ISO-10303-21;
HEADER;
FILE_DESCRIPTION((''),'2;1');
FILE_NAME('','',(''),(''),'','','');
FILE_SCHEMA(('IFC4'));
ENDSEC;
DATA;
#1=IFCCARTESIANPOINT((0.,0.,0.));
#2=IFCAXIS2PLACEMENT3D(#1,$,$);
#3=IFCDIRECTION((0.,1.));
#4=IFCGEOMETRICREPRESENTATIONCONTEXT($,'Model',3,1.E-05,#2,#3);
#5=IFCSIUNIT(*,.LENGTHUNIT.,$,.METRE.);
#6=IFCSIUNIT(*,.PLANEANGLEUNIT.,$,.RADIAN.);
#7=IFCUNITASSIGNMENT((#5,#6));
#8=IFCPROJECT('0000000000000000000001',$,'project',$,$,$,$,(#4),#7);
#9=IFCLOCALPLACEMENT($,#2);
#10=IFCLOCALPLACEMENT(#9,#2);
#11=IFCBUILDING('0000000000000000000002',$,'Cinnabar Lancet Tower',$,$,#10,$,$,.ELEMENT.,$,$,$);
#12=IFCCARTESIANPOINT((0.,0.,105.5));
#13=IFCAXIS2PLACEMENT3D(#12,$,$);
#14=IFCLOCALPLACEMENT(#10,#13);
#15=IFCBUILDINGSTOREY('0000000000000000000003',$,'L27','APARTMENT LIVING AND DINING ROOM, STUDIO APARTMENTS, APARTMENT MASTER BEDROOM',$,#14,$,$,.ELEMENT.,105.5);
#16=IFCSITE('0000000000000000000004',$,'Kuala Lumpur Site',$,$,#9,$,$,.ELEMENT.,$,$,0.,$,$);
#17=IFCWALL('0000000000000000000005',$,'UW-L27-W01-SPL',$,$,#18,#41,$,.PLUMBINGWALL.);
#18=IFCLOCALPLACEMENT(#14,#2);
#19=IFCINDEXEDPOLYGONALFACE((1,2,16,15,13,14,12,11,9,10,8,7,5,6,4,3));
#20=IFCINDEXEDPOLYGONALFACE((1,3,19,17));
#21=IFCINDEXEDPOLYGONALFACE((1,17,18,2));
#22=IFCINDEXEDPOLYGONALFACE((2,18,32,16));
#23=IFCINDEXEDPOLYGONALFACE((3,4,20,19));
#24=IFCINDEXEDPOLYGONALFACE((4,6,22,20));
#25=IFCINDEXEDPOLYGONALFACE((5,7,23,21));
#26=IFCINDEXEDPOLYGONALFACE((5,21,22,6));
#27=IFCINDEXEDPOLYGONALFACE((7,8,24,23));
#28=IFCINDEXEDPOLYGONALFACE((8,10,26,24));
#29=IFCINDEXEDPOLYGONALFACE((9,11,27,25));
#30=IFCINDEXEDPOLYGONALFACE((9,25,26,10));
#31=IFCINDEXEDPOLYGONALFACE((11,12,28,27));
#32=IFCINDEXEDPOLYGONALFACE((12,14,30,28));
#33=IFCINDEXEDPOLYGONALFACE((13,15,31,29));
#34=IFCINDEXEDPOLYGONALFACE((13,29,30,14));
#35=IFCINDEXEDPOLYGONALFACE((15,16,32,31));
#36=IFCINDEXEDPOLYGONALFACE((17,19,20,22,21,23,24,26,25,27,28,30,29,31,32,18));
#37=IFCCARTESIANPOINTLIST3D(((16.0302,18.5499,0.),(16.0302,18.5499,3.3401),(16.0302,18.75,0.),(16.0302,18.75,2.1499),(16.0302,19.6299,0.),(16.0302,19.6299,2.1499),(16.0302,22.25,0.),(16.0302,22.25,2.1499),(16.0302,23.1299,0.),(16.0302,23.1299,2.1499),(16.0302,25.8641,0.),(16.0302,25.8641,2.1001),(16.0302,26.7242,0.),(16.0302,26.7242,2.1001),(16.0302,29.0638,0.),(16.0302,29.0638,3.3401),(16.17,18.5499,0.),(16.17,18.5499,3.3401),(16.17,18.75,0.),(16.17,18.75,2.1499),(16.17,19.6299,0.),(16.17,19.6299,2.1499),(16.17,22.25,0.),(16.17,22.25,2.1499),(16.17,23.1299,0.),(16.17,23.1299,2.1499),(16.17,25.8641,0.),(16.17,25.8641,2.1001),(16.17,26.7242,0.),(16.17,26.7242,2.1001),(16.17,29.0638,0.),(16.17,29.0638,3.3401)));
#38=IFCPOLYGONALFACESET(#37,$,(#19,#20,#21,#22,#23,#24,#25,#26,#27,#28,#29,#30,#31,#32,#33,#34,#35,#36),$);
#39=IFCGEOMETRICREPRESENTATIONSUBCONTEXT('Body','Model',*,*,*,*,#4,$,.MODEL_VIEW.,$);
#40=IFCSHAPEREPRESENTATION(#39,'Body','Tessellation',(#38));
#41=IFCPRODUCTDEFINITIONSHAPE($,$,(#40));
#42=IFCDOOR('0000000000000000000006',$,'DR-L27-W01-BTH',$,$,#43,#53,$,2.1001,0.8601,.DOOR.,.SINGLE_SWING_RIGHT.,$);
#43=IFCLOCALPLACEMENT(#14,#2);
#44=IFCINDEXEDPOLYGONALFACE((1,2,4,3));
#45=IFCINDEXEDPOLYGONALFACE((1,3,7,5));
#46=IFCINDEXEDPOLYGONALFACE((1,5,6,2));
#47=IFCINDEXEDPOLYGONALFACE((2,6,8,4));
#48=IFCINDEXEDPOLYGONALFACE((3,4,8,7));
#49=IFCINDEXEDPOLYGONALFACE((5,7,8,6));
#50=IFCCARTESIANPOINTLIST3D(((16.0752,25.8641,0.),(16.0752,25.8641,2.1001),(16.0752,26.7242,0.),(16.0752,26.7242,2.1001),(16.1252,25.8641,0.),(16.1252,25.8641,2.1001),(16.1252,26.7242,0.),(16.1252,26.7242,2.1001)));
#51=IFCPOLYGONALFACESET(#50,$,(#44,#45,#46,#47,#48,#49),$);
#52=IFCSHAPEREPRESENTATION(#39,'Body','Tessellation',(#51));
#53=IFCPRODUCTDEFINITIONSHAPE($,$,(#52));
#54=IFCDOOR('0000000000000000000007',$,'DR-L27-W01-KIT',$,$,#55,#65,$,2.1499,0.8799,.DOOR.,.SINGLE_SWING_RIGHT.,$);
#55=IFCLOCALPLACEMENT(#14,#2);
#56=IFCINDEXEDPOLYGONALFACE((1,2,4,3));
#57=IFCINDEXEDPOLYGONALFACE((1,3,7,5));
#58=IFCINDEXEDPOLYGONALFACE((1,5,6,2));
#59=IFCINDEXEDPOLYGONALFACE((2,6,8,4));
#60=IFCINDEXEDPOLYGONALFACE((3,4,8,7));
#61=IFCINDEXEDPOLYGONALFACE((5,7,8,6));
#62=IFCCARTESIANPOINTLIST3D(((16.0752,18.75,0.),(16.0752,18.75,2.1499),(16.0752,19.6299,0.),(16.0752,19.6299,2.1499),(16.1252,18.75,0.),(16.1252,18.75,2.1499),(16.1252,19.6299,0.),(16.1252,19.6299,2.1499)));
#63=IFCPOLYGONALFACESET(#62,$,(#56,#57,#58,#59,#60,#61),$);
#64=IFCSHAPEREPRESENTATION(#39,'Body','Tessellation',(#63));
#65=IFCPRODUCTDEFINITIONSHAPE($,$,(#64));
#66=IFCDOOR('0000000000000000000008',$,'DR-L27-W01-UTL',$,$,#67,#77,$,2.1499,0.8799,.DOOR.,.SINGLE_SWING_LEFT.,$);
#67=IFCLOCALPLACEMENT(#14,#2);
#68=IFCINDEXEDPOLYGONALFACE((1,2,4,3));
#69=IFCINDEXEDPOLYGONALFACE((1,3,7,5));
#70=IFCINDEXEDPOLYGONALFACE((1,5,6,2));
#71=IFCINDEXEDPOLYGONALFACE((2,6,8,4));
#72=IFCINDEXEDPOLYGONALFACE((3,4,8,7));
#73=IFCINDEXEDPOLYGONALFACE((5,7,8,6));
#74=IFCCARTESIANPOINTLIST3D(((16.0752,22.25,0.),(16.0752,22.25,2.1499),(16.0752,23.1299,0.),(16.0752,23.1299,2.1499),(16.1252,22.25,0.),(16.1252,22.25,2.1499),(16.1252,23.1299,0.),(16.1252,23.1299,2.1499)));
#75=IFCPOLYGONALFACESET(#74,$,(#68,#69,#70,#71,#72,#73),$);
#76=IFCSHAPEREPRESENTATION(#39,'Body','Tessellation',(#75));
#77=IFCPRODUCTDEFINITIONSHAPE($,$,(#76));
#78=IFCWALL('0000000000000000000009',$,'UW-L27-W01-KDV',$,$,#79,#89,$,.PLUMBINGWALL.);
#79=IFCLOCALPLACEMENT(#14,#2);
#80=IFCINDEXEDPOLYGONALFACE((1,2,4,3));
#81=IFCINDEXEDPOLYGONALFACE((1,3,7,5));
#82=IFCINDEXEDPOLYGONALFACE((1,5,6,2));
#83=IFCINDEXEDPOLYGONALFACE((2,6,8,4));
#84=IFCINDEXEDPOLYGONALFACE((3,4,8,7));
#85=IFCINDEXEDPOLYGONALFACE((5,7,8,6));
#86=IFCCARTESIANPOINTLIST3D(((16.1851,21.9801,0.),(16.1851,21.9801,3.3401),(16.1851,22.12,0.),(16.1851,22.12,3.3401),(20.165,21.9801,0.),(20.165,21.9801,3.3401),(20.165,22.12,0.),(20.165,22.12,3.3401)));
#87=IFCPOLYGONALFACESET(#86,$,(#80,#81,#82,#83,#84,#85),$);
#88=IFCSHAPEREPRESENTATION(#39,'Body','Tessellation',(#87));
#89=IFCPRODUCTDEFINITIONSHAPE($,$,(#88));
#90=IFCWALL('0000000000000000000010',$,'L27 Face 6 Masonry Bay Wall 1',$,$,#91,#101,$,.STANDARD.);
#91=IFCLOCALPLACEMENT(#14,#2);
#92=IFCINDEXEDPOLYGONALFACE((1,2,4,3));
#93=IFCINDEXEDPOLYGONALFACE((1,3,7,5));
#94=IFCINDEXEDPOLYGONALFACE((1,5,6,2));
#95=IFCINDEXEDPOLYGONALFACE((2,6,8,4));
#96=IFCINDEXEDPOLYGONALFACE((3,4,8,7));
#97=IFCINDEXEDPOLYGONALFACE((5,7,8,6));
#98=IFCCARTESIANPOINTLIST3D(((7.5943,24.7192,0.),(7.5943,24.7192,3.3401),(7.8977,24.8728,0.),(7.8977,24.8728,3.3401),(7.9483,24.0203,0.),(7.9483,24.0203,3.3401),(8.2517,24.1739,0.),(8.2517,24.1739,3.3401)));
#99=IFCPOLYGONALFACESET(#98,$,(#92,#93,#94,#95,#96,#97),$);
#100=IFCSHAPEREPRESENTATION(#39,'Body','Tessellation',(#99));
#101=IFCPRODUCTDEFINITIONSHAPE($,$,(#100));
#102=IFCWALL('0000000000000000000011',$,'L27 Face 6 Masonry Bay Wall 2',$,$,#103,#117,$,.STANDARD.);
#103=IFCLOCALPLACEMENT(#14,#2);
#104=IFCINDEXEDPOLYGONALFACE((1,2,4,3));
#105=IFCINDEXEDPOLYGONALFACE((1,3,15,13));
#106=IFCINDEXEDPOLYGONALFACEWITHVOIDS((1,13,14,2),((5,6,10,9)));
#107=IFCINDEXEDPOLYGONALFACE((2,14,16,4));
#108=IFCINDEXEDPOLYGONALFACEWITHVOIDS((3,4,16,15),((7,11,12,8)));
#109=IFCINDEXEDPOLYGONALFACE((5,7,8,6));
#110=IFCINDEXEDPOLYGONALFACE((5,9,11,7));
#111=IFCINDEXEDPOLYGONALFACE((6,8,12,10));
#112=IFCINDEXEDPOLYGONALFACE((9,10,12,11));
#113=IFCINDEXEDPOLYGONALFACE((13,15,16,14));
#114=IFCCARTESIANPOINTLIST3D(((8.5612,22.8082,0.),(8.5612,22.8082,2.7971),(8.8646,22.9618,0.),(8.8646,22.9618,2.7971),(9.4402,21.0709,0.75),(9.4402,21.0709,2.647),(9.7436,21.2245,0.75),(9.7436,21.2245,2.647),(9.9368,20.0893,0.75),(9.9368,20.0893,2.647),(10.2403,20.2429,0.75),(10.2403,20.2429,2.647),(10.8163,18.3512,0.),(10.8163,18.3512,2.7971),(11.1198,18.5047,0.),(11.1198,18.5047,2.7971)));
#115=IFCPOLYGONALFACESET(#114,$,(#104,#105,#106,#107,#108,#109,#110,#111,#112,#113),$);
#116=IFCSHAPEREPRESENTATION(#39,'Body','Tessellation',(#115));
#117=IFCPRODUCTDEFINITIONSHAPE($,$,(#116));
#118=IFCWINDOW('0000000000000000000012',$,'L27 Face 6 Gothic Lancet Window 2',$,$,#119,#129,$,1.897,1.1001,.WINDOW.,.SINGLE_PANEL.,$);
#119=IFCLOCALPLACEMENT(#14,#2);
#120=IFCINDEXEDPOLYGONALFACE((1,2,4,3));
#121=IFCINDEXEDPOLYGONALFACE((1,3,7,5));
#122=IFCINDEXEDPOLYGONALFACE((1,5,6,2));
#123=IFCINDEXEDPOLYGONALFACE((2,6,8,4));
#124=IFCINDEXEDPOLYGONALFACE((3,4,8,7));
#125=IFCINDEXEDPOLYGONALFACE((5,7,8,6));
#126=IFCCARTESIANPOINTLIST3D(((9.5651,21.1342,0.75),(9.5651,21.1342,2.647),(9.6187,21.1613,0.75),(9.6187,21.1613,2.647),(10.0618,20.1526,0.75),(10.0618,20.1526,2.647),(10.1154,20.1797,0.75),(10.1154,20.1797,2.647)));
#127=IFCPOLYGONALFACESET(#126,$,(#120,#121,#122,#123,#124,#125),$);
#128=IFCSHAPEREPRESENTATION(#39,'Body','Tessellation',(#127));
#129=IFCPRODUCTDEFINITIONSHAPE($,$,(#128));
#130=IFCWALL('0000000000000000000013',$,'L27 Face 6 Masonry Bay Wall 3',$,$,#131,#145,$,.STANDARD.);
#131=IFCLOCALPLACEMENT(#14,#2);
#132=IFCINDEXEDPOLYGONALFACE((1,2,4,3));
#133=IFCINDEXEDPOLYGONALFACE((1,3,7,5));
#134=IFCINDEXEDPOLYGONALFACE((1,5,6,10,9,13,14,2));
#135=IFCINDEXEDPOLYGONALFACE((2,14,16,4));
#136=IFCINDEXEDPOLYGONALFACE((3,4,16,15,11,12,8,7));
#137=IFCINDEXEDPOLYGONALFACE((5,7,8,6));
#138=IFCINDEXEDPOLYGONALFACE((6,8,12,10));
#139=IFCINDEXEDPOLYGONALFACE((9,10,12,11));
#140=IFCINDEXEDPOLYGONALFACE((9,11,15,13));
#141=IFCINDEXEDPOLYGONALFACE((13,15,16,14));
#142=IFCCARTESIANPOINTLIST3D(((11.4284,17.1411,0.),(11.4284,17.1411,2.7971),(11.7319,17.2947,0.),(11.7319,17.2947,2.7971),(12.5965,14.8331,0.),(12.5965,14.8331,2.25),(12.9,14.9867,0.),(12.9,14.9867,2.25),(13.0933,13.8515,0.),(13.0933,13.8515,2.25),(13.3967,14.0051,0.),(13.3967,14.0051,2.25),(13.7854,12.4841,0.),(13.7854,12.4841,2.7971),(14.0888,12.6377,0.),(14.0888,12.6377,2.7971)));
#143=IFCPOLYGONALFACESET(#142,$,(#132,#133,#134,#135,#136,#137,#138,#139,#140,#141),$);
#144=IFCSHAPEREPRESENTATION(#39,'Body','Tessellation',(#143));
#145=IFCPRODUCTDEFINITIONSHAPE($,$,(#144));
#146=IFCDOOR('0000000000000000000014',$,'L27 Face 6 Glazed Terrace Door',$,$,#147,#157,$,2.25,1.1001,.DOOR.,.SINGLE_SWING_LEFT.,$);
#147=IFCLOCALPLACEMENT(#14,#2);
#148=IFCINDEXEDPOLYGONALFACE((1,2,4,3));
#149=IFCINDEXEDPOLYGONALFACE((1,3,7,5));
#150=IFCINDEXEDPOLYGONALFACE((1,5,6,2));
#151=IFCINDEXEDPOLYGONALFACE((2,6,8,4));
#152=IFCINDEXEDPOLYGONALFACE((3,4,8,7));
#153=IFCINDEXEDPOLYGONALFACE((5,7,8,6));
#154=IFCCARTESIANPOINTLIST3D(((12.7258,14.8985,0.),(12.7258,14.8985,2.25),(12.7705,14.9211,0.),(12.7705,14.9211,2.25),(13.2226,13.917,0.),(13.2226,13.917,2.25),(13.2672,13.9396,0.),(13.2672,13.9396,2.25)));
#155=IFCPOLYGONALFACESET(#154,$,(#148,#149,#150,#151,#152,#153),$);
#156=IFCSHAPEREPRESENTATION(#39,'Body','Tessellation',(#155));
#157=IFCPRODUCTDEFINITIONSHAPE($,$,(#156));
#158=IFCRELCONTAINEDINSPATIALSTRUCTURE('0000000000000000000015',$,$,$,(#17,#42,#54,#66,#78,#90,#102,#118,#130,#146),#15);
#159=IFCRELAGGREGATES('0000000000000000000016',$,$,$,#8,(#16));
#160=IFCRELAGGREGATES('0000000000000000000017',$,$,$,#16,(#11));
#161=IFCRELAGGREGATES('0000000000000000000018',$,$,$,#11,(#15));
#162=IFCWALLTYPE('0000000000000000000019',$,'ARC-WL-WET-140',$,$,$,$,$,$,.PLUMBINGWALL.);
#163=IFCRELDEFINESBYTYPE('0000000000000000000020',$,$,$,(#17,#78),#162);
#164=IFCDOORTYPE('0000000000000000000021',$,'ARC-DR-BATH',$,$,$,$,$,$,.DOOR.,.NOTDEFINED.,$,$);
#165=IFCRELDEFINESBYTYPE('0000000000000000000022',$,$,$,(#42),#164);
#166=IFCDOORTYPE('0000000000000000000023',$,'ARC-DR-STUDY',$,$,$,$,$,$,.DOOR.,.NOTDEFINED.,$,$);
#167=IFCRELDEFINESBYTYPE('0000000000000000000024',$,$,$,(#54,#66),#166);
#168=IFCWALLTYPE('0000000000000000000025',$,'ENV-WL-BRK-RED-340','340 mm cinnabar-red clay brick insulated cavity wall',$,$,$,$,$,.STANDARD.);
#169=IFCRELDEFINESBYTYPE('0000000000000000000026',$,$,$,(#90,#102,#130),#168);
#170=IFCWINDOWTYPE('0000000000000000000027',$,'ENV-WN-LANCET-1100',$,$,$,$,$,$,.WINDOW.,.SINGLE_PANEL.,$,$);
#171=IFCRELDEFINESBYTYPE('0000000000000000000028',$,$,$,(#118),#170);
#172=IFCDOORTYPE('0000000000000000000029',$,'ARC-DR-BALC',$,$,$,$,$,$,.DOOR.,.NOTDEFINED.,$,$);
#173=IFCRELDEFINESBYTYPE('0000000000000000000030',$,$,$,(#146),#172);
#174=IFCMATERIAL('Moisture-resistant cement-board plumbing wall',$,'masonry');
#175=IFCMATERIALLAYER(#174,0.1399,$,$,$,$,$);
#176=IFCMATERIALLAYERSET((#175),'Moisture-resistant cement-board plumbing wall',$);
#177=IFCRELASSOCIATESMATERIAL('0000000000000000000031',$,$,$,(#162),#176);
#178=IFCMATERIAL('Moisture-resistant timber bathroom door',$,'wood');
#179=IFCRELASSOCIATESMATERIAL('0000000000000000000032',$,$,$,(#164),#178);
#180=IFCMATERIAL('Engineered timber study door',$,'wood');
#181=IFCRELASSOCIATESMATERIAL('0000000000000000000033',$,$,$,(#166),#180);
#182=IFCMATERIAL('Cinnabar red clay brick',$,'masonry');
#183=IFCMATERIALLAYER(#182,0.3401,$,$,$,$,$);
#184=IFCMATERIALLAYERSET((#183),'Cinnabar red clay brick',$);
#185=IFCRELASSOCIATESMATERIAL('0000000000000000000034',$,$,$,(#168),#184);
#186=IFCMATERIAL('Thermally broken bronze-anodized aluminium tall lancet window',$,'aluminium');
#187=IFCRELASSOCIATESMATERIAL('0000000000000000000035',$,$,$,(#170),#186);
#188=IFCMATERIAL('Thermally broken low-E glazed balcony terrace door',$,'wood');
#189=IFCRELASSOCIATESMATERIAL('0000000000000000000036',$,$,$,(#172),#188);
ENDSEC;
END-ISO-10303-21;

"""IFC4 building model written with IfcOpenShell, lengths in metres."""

from ifc_helpers import new_model, si_unit, direction, frame, frame_2d, origin, place, context, subcontext, project, spatial, rectangle, extrude, material, layer, layer_set, type_object, element, fill, save


model = new_model("IFC4")

# Units and contexts
model_context = context("Model", 3, precision=1e-05, world=origin(), true_north=direction((0.0, 1.0)))
body_context = subcontext(model_context, "Body", "Model", "MODEL_VIEW")
ifc_project = project(units=[si_unit("LENGTHUNIT", "METRE"), si_unit("PLANEANGLEUNIT", "RADIAN")], contexts=[model_context])

# Site, building, storey
site_placement = place(None, origin())
site = spatial("IfcSite", under=ifc_project, at=site_placement, Name="Kuala Lumpur Site", CompositionType="ELEMENT", RefElevation=0.0)
building_placement = place(site_placement, origin())
building = spatial("IfcBuilding", under=site, at=building_placement, Name="Cinnabar Lancet Tower", CompositionType="ELEMENT")
storey_placement = place(building_placement, frame((0.0, 0.0, 105.5)))
storey = spatial("IfcBuildingStorey", under=building, at=storey_placement, Name="L27", Description="APARTMENT LIVING AND DINING ROOM, STUDIO APARTMENTS, APARTMENT MASTER BEDROOM", CompositionType="ELEMENT", Elevation=105.5)

# Wall, openings, doors
ifc_material_1 = material(Name="Moisture-resistant cement-board plumbing wall", Category="masonry")
ifc_layer_1 = layer(ifc_material_1, 0.1399)
ifc_layer_set_1 = layer_set([ifc_layer_1], Name="Moisture-resistant cement-board plumbing wall")
wall_type_1 = type_object("IfcWallType", Name="ARC-WL-WET-140", PredefinedType="PLUMBINGWALL", material=ifc_layer_set_1)
wall_1_placement = place(storey_placement, frame((16.1001, 18.55, 0.0), z_axis=(0.0, 0.0, 1.0), x_axis=(0.0, 1.0, 0.0)))
wall_1 = element("IfcWall", 1, at=wall_1_placement, inside=storey, type_object=wall_type_1, Name="UW-L27-W01-SPL", PredefinedType="PLUMBINGWALL", context=body_context, shape_type="SweptSolid", body=[
    extrude(rectangle(XDim=10.5139, YDim=0.1399, at=frame_2d((5.2568, 0.0))), origin(), (0.0, 0.0, 1.0), 3.3401),
])
opening_1_placement = place(wall_1_placement, frame((0.2, 0.0, 0.0)))
opening_1 = element("IfcOpeningElement", 2, at=opening_1_placement, cuts=wall_1, PredefinedType="OPENING", context=body_context, shape_type="SweptSolid", body=[
    extrude(rectangle(XDim=0.8799, YDim=2.1499, at=frame_2d((0.4399, 1.075))), frame((0.0, 0.0798, 0.0), z_axis=(0.0, -1.0, 0.0), x_axis=(1.0, 0.0, 0.0)), (0.0, 0.0, 1.0), 0.1599),
])
opening_2_placement = place(wall_1_placement, frame((3.7, 0.0, 0.0)))
opening_2 = element("IfcOpeningElement", 3, at=opening_2_placement, cuts=wall_1, PredefinedType="OPENING", context=body_context, shape_type="SweptSolid", body=[
    extrude(rectangle(XDim=0.8799, YDim=2.1499, at=frame_2d((0.4399, 1.075))), frame((0.0, 0.0798, 0.0), z_axis=(0.0, -1.0, 0.0), x_axis=(1.0, 0.0, 0.0)), (0.0, 0.0, 1.0), 0.1599),
])
opening_3_placement = place(wall_1_placement, frame((7.314, 0.0, 0.0)))
opening_3 = element("IfcOpeningElement", 4, at=opening_3_placement, cuts=wall_1, PredefinedType="OPENING", context=body_context, shape_type="SweptSolid", body=[
    extrude(rectangle(XDim=0.8601, YDim=2.1001, at=frame_2d((0.4302, 1.05))), frame((0.0, 0.0798, 0.0), z_axis=(0.0, -1.0, 0.0), x_axis=(1.0, 0.0, 0.0)), (0.0, 0.0, 1.0), 0.1599),
])
ifc_material_2 = material(Name="Moisture-resistant timber bathroom door", Category="wood")
door_type_1 = type_object("IfcDoorType", Name="ARC-DR-BATH", OperationType="NOTDEFINED", PredefinedType="DOOR", material=ifc_material_2)
door_1_placement = place(opening_3_placement, origin())
door_1 = element("IfcDoor", 5, at=door_1_placement, inside=storey, type_object=door_type_1, Name="DR-L27-W01-BTH", OperationType="SINGLE_SWING_RIGHT", OverallHeight=2.1001, OverallWidth=0.8601, PredefinedType="DOOR", context=body_context, shape_type="SweptSolid", body=[
    extrude(rectangle(XDim=0.8601, YDim=2.1001, at=frame_2d((0.4302, 1.05))), frame((0.0, 0.0249, 0.0), z_axis=(0.0, -1.0, 0.0), x_axis=(1.0, 0.0, 0.0)), (0.0, 0.0, 1.0), 0.05),
])
fill(opening_3, door_1)
ifc_material_3 = material(Name="Engineered timber study door", Category="wood")
door_type_2 = type_object("IfcDoorType", Name="ARC-DR-STUDY", OperationType="NOTDEFINED", PredefinedType="DOOR", material=ifc_material_3)
door_2_placement = place(opening_1_placement, origin())
door_2 = element("IfcDoor", 6, at=door_2_placement, inside=storey, type_object=door_type_2, Name="DR-L27-W01-KIT", OperationType="SINGLE_SWING_RIGHT", OverallHeight=2.1499, OverallWidth=0.8799, PredefinedType="DOOR", context=body_context, shape_type="SweptSolid", body=[
    extrude(rectangle(XDim=0.8799, YDim=2.1499, at=frame_2d((0.4399, 1.075))), frame((0.0, 0.0249, 0.0), z_axis=(0.0, -1.0, 0.0), x_axis=(1.0, 0.0, 0.0)), (0.0, 0.0, 1.0), 0.05),
])
fill(opening_1, door_2)
door_3_placement = place(opening_2_placement, origin())
door_3 = element("IfcDoor", 7, at=door_3_placement, inside=storey, type_object=door_type_2, Name="DR-L27-W01-UTL", OperationType="SINGLE_SWING_LEFT", OverallHeight=2.1499, OverallWidth=0.8799, PredefinedType="DOOR", context=body_context, shape_type="SweptSolid", body=[
    extrude(rectangle(XDim=0.8799, YDim=2.1499, at=frame_2d((0.4399, 1.075))), frame((0.0, 0.0249, 0.0), z_axis=(0.0, -1.0, 0.0), x_axis=(1.0, 0.0, 0.0)), (0.0, 0.0, 1.0), 0.05),
])
fill(opening_2, door_3)

# Walls
wall_2_placement = place(storey_placement, frame((16.1851, 22.05, 0.0), z_axis=(0.0, 0.0, 1.0), x_axis=(1.0, 0.0, 0.0)))
element("IfcWall", 8, at=wall_2_placement, inside=storey, type_object=wall_type_1, Name="UW-L27-W01-KDV", PredefinedType="PLUMBINGWALL", context=body_context, shape_type="SweptSolid", body=[
    extrude(rectangle(XDim=3.98, YDim=0.1399, at=frame_2d((1.99, 0.0))), origin(), (0.0, 0.0, 1.0), 3.3401),
])
ifc_material_4 = material(Name="Cinnabar red clay brick", Category="masonry")
ifc_layer_2 = layer(ifc_material_4, 0.3401)
ifc_layer_set_2 = layer_set([ifc_layer_2], Name="Cinnabar red clay brick")
wall_type_2 = type_object("IfcWallType", Name="ENV-WL-BRK-RED-340", Description="340 mm cinnabar-red clay brick insulated cavity wall", PredefinedType="STANDARD", material=ifc_layer_set_2)
wall_3_placement = place(storey_placement, frame((7.7461, 24.7959, 0.0), z_axis=(0.0, 0.0, 1.0), x_axis=(0.451819, -0.892109, 0.0)))
element("IfcWall", 9, at=wall_3_placement, inside=storey, type_object=wall_type_2, Name="L27 Face 6 Masonry Bay Wall 1", PredefinedType="STANDARD", context=body_context, shape_type="SweptSolid", body=[
    extrude(rectangle(XDim=0.7834, YDim=0.3401, at=frame_2d((0.3916, 0.0))), origin(), (0.0, 0.0, 1.0), 3.3401),
])

# Wall, opening, window
wall_4_placement = place(storey_placement, frame((8.7129, 22.885, 0.0), z_axis=(0.0, 0.0, 1.0), x_axis=(0.451471, -0.892286, 0.0)))
wall_4 = element("IfcWall", 10, at=wall_4_placement, inside=storey, type_object=wall_type_2, Name="L27 Face 6 Masonry Bay Wall 2", PredefinedType="STANDARD", context=body_context, shape_type="SweptSolid", body=[
    extrude(rectangle(XDim=4.9951, YDim=0.3401, at=frame_2d((2.4976, 0.0))), origin(), (0.0, 0.0, 1.0), 2.7971),
])
opening_4_placement = place(wall_4_placement, frame((1.947, 0.0, 0.75)))
opening_4 = element("IfcOpeningElement", 11, at=opening_4_placement, cuts=wall_4, PredefinedType="OPENING", context=body_context, shape_type="SweptSolid", body=[
    extrude(rectangle(XDim=1.1001, YDim=1.897, at=frame_2d((0.55, 0.9485))), frame((0.0, 0.1799, 0.0), z_axis=(0.0, -1.0, 0.0), x_axis=(1.0, 0.0, 0.0)), (0.0, 0.0, 1.0), 0.3601),
])
ifc_material_5 = material(Name="Thermally broken bronze-anodized aluminium tall lancet window", Category="aluminium")
window_type = type_object("IfcWindowType", Name="ENV-WN-LANCET-1100", PartitioningType="SINGLE_PANEL", PredefinedType="WINDOW", material=ifc_material_5)
window_placement = place(opening_4_placement, origin())
window = element("IfcWindow", 12, at=window_placement, inside=storey, type_object=window_type, Name="L27 Face 6 Gothic Lancet Window 2", OverallHeight=1.897, OverallWidth=1.1001, PartitioningType="SINGLE_PANEL", PredefinedType="WINDOW", context=body_context, shape_type="SweptSolid", body=[
    extrude(rectangle(XDim=1.1001, YDim=1.897, at=frame_2d((0.55, 0.9485))), frame((0.0, 0.03, 0.0), z_axis=(0.0, -1.0, 0.0), x_axis=(1.0, 0.0, 0.0)), (0.0, 0.0, 1.0), 0.0601),
])
fill(opening_4, window)

# Wall, opening, door
wall_5_placement = place(storey_placement, frame((11.5801, 17.218, 0.0), z_axis=(0.0, 0.0, 1.0), x_axis=(0.451568, -0.892237, 0.0)))
wall_5 = element("IfcWall", 13, at=wall_5_placement, inside=storey, type_object=wall_type_2, Name="L27 Face 6 Masonry Bay Wall 3", PredefinedType="STANDARD", context=body_context, shape_type="SweptSolid", body=[
    extrude(rectangle(XDim=5.2195, YDim=0.3401, at=frame_2d((2.6099, 0.0))), origin(), (0.0, 0.0, 1.0), 2.7971),
])
opening_5_placement = place(wall_5_placement, frame((2.5869, 0.0, 0.0)))
opening_5 = element("IfcOpeningElement", 14, at=opening_5_placement, cuts=wall_5, PredefinedType="OPENING", context=body_context, shape_type="SweptSolid", body=[
    extrude(rectangle(XDim=1.1001, YDim=2.25, at=frame_2d((0.55, 1.125))), frame((0.0, 0.1799, 0.0), z_axis=(0.0, -1.0, 0.0), x_axis=(1.0, 0.0, 0.0)), (0.0, 0.0, 1.0), 0.3601),
])
ifc_material_6 = material(Name="Thermally broken low-E glazed balcony terrace door", Category="wood")
door_type_3 = type_object("IfcDoorType", Name="ARC-DR-BALC", OperationType="NOTDEFINED", PredefinedType="DOOR", material=ifc_material_6)
door_4_placement = place(opening_5_placement, origin())
door_4 = element("IfcDoor", 15, at=door_4_placement, inside=storey, type_object=door_type_3, Name="L27 Face 6 Glazed Terrace Door", OperationType="SINGLE_SWING_LEFT", OverallHeight=2.25, OverallWidth=1.1001, PredefinedType="DOOR", context=body_context, shape_type="SweptSolid", body=[
    extrude(rectangle(XDim=1.1001, YDim=2.25, at=frame_2d((0.55, 1.125))), frame((0.0, 0.0249, 0.0), z_axis=(0.0, -1.0, 0.0), x_axis=(1.0, 0.0, 0.0)), (0.0, 0.0, 1.0), 0.05),
])
fill(opening_5, door_4)

save(model, "model.ifc")
